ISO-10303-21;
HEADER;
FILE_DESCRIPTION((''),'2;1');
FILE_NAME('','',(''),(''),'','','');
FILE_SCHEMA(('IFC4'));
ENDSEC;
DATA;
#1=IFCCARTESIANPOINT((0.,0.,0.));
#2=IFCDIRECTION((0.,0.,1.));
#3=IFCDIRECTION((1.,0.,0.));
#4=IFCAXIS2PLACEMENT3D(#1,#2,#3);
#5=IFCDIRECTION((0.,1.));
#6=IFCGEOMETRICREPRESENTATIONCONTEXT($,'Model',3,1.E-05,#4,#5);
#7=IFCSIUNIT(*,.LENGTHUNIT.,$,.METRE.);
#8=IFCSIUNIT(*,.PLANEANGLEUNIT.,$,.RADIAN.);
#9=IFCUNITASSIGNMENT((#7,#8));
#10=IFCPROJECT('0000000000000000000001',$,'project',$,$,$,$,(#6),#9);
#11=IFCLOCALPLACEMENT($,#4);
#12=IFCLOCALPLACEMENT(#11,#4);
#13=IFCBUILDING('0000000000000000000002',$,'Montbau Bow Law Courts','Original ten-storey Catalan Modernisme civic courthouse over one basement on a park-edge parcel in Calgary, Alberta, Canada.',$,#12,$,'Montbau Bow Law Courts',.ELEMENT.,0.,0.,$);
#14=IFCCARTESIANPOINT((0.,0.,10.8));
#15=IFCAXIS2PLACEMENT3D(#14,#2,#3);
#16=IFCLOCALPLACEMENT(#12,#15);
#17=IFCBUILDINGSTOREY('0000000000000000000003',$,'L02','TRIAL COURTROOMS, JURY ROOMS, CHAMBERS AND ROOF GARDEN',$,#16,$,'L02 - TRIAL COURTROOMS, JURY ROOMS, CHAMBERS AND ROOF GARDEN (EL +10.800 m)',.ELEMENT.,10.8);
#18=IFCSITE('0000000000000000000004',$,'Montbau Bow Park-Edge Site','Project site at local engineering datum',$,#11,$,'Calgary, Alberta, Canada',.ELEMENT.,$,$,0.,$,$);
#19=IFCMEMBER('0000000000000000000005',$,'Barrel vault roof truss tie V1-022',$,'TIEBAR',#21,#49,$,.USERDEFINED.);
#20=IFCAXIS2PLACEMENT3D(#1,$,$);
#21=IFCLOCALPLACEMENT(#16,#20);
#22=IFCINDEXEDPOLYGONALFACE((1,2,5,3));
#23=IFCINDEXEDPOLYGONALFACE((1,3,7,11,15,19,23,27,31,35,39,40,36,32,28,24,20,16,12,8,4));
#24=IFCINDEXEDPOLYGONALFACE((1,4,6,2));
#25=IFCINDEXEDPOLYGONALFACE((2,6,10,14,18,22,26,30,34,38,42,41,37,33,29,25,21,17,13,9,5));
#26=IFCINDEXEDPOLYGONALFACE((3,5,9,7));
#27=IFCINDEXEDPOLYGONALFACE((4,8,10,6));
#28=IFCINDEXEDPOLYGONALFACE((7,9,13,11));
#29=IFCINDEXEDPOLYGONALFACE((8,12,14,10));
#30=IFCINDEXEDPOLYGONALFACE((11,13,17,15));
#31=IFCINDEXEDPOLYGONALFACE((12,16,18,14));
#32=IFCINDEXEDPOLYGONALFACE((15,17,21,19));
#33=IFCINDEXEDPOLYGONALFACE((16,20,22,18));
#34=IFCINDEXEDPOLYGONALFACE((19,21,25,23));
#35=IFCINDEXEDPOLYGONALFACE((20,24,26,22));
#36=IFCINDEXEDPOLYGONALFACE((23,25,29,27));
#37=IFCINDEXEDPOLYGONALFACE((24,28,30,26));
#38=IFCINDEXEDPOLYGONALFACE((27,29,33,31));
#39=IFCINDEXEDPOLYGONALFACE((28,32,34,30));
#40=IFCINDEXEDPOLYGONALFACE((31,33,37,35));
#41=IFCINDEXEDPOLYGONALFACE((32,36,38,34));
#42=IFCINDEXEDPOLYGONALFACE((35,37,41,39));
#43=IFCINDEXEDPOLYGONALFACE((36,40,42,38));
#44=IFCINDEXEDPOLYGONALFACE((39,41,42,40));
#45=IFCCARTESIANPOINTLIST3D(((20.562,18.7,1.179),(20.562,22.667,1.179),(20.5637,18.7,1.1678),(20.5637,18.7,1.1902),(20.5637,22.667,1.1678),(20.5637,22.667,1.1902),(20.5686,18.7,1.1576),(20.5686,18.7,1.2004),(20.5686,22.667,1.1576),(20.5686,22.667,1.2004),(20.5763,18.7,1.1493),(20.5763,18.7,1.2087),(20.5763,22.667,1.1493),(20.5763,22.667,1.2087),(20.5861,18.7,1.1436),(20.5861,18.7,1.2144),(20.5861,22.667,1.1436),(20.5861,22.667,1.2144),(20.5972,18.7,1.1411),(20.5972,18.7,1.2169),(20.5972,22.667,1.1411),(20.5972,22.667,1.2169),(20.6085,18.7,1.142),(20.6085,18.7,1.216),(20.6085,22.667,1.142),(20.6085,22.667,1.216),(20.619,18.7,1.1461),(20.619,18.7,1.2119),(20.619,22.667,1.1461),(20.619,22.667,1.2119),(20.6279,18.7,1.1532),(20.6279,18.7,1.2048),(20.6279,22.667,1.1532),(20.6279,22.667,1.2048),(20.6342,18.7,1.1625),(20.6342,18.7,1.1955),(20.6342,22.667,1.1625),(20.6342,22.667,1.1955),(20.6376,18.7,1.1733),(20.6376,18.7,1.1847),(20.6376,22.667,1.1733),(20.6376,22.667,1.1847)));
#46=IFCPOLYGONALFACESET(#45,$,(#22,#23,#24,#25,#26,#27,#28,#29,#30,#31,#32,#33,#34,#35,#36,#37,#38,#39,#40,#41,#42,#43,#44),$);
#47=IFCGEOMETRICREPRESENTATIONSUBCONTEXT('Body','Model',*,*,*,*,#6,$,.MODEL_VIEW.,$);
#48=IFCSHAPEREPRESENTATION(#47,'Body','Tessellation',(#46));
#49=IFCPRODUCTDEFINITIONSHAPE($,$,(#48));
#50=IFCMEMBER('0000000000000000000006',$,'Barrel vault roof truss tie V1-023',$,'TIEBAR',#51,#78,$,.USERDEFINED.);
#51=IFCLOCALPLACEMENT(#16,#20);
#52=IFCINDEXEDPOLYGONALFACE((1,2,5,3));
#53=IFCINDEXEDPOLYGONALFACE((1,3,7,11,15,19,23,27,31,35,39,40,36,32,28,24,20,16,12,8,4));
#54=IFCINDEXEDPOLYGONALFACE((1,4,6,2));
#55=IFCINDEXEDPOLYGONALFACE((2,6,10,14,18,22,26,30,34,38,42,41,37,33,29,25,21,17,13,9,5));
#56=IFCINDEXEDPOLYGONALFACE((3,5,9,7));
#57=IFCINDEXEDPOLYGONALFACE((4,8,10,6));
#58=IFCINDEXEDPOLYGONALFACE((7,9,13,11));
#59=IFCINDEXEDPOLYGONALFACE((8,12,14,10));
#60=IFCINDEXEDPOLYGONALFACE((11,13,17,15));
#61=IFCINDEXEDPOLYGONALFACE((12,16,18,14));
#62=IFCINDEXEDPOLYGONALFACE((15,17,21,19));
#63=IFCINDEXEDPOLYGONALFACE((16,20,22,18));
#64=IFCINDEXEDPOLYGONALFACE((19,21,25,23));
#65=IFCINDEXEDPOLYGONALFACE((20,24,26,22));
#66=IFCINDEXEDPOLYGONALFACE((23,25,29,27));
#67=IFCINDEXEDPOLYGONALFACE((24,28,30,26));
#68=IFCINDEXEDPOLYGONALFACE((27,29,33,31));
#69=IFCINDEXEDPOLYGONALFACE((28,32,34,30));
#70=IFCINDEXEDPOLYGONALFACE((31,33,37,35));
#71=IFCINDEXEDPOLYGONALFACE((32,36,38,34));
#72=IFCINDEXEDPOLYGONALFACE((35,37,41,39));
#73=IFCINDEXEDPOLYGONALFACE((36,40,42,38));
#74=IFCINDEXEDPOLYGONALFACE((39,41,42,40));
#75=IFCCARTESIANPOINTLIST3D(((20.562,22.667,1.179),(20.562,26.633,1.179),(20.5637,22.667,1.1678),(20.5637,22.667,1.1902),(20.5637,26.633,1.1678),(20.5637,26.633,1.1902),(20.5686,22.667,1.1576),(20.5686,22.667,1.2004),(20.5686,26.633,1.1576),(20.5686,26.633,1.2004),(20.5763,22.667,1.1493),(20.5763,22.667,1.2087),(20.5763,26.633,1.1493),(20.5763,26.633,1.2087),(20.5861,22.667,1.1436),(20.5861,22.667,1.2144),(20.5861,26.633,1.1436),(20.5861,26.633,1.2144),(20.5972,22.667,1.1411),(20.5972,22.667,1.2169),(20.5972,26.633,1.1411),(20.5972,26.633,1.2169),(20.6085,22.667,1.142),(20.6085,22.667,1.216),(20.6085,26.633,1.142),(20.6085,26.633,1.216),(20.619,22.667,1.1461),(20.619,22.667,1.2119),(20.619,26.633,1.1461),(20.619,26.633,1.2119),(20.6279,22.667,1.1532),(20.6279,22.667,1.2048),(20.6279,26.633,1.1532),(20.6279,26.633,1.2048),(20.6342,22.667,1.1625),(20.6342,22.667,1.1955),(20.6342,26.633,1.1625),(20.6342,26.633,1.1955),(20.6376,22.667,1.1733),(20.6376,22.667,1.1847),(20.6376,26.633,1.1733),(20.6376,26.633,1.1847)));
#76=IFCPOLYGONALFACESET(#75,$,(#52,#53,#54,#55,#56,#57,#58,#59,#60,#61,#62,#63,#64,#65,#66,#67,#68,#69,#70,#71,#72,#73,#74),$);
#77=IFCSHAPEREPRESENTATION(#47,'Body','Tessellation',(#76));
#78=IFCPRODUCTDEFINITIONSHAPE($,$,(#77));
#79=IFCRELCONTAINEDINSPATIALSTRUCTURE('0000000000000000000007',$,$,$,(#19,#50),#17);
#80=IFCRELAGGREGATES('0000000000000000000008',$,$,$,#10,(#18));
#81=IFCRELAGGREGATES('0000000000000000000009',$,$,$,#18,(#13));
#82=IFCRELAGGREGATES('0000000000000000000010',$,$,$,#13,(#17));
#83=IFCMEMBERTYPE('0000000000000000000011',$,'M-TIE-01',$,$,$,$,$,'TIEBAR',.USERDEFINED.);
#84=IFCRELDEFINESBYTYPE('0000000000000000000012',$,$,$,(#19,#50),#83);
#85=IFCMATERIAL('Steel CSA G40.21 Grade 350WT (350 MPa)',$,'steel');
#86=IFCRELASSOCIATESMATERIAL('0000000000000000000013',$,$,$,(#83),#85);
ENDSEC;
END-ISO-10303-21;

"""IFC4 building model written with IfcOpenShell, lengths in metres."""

from ifc_helpers import new_model, si_unit, direction, frame, origin_with_axes, origin_2d_with_axis, place, context, subcontext, project, spatial, circle, extrude, material, material_profile, profile_set, type_object, element, save


model = new_model("IFC4")

# Units and contexts
model_context = context("Model", 3, precision=1e-05, world=origin_with_axes(), true_north=direction((0.0, 1.0)))
body_context = subcontext(model_context, "Body", "Model", "MODEL_VIEW")
ifc_project = project(units=[si_unit("LENGTHUNIT", "METRE"), si_unit("PLANEANGLEUNIT", "RADIAN")], contexts=[model_context])

# Site, building, storey
site_placement = place(None, origin_with_axes())
site = spatial("IfcSite", under=ifc_project, at=site_placement, Name="Montbau Bow Park-Edge Site", Description="Project site at local engineering datum", LongName="Calgary, Alberta, Canada", CompositionType="ELEMENT", RefElevation=0.0)
building_placement = place(site_placement, origin_with_axes())
building = spatial("IfcBuilding", under=site, at=building_placement, Name="Montbau Bow Law Courts", Description="Original ten-storey Catalan Modernisme civic courthouse over one basement on a park-edge parcel in Calgary, Alberta, Canada.", LongName="Montbau Bow Law Courts", CompositionType="ELEMENT", ElevationOfRefHeight=0.0, ElevationOfTerrain=0.0)
storey_placement = place(building_placement, frame((0.0, 0.0, 10.8), z_axis=(0.0, 0.0, 1.0), x_axis=(1.0, 0.0, 0.0)))
storey = spatial("IfcBuildingStorey", under=building, at=storey_placement, Name="L02", Description="TRIAL COURTROOMS, JURY ROOMS, CHAMBERS AND ROOF GARDEN", LongName="L02 - TRIAL COURTROOMS, JURY ROOMS, CHAMBERS AND ROOF GARDEN (EL +10.800 m)", CompositionType="ELEMENT", Elevation=10.8)

# Shared definitions
ifc_material = material(Name="Steel CSA G40.21 Grade 350WT (350 MPa)", Category="steel")

# Members
ifc_material_profile_1 = material_profile(ifc_material, circle(Radius=0.038, at=origin_2d_with_axis()), Name="ROD76", Category="Main", Priority=0)
ifc_profile_set_1 = profile_set([ifc_material_profile_1], Name="Steel CSA G40.21 Grade 350WT (350 MPa)")
member_type_1 = type_object("IfcMemberType", Name="M-TIE-01", ElementType="TIEBAR", PredefinedType="USERDEFINED", material=ifc_profile_set_1)
member_1_placement = place(None, frame((20.6, 18.7, 11.979), z_axis=(0.0, 1.0, 0.0), x_axis=(-1.0, 0.0, 0.0)))
element("IfcMember", 1, at=member_1_placement, inside=storey, type_object=member_type_1, Name="Barrel vault roof truss tie V1-022", ObjectType="TIEBAR", PredefinedType="USERDEFINED", context=body_context, shape_type="SweptSolid", body=[
    extrude(circle(Radius=0.038, at=origin_2d_with_axis()), origin_with_axes(), (0.0, 0.0, 1.0), 3.967),
])
member_2_placement = place(None, frame((20.6, 22.667, 11.979), z_axis=(0.0, 1.0, 0.0), x_axis=(-1.0, 0.0, 0.0)))
element("IfcMember", 2, at=member_2_placement, inside=storey, type_object=member_type_1, Name="Barrel vault roof truss tie V1-023", ObjectType="TIEBAR", PredefinedType="USERDEFINED", context=body_context, shape_type="SweptSolid", body=[
    extrude(circle(Radius=0.038, at=origin_2d_with_axis()), origin_with_axes(), (0.0, 0.0, 1.0), 3.966),
])

save(model, "model.ifc")
